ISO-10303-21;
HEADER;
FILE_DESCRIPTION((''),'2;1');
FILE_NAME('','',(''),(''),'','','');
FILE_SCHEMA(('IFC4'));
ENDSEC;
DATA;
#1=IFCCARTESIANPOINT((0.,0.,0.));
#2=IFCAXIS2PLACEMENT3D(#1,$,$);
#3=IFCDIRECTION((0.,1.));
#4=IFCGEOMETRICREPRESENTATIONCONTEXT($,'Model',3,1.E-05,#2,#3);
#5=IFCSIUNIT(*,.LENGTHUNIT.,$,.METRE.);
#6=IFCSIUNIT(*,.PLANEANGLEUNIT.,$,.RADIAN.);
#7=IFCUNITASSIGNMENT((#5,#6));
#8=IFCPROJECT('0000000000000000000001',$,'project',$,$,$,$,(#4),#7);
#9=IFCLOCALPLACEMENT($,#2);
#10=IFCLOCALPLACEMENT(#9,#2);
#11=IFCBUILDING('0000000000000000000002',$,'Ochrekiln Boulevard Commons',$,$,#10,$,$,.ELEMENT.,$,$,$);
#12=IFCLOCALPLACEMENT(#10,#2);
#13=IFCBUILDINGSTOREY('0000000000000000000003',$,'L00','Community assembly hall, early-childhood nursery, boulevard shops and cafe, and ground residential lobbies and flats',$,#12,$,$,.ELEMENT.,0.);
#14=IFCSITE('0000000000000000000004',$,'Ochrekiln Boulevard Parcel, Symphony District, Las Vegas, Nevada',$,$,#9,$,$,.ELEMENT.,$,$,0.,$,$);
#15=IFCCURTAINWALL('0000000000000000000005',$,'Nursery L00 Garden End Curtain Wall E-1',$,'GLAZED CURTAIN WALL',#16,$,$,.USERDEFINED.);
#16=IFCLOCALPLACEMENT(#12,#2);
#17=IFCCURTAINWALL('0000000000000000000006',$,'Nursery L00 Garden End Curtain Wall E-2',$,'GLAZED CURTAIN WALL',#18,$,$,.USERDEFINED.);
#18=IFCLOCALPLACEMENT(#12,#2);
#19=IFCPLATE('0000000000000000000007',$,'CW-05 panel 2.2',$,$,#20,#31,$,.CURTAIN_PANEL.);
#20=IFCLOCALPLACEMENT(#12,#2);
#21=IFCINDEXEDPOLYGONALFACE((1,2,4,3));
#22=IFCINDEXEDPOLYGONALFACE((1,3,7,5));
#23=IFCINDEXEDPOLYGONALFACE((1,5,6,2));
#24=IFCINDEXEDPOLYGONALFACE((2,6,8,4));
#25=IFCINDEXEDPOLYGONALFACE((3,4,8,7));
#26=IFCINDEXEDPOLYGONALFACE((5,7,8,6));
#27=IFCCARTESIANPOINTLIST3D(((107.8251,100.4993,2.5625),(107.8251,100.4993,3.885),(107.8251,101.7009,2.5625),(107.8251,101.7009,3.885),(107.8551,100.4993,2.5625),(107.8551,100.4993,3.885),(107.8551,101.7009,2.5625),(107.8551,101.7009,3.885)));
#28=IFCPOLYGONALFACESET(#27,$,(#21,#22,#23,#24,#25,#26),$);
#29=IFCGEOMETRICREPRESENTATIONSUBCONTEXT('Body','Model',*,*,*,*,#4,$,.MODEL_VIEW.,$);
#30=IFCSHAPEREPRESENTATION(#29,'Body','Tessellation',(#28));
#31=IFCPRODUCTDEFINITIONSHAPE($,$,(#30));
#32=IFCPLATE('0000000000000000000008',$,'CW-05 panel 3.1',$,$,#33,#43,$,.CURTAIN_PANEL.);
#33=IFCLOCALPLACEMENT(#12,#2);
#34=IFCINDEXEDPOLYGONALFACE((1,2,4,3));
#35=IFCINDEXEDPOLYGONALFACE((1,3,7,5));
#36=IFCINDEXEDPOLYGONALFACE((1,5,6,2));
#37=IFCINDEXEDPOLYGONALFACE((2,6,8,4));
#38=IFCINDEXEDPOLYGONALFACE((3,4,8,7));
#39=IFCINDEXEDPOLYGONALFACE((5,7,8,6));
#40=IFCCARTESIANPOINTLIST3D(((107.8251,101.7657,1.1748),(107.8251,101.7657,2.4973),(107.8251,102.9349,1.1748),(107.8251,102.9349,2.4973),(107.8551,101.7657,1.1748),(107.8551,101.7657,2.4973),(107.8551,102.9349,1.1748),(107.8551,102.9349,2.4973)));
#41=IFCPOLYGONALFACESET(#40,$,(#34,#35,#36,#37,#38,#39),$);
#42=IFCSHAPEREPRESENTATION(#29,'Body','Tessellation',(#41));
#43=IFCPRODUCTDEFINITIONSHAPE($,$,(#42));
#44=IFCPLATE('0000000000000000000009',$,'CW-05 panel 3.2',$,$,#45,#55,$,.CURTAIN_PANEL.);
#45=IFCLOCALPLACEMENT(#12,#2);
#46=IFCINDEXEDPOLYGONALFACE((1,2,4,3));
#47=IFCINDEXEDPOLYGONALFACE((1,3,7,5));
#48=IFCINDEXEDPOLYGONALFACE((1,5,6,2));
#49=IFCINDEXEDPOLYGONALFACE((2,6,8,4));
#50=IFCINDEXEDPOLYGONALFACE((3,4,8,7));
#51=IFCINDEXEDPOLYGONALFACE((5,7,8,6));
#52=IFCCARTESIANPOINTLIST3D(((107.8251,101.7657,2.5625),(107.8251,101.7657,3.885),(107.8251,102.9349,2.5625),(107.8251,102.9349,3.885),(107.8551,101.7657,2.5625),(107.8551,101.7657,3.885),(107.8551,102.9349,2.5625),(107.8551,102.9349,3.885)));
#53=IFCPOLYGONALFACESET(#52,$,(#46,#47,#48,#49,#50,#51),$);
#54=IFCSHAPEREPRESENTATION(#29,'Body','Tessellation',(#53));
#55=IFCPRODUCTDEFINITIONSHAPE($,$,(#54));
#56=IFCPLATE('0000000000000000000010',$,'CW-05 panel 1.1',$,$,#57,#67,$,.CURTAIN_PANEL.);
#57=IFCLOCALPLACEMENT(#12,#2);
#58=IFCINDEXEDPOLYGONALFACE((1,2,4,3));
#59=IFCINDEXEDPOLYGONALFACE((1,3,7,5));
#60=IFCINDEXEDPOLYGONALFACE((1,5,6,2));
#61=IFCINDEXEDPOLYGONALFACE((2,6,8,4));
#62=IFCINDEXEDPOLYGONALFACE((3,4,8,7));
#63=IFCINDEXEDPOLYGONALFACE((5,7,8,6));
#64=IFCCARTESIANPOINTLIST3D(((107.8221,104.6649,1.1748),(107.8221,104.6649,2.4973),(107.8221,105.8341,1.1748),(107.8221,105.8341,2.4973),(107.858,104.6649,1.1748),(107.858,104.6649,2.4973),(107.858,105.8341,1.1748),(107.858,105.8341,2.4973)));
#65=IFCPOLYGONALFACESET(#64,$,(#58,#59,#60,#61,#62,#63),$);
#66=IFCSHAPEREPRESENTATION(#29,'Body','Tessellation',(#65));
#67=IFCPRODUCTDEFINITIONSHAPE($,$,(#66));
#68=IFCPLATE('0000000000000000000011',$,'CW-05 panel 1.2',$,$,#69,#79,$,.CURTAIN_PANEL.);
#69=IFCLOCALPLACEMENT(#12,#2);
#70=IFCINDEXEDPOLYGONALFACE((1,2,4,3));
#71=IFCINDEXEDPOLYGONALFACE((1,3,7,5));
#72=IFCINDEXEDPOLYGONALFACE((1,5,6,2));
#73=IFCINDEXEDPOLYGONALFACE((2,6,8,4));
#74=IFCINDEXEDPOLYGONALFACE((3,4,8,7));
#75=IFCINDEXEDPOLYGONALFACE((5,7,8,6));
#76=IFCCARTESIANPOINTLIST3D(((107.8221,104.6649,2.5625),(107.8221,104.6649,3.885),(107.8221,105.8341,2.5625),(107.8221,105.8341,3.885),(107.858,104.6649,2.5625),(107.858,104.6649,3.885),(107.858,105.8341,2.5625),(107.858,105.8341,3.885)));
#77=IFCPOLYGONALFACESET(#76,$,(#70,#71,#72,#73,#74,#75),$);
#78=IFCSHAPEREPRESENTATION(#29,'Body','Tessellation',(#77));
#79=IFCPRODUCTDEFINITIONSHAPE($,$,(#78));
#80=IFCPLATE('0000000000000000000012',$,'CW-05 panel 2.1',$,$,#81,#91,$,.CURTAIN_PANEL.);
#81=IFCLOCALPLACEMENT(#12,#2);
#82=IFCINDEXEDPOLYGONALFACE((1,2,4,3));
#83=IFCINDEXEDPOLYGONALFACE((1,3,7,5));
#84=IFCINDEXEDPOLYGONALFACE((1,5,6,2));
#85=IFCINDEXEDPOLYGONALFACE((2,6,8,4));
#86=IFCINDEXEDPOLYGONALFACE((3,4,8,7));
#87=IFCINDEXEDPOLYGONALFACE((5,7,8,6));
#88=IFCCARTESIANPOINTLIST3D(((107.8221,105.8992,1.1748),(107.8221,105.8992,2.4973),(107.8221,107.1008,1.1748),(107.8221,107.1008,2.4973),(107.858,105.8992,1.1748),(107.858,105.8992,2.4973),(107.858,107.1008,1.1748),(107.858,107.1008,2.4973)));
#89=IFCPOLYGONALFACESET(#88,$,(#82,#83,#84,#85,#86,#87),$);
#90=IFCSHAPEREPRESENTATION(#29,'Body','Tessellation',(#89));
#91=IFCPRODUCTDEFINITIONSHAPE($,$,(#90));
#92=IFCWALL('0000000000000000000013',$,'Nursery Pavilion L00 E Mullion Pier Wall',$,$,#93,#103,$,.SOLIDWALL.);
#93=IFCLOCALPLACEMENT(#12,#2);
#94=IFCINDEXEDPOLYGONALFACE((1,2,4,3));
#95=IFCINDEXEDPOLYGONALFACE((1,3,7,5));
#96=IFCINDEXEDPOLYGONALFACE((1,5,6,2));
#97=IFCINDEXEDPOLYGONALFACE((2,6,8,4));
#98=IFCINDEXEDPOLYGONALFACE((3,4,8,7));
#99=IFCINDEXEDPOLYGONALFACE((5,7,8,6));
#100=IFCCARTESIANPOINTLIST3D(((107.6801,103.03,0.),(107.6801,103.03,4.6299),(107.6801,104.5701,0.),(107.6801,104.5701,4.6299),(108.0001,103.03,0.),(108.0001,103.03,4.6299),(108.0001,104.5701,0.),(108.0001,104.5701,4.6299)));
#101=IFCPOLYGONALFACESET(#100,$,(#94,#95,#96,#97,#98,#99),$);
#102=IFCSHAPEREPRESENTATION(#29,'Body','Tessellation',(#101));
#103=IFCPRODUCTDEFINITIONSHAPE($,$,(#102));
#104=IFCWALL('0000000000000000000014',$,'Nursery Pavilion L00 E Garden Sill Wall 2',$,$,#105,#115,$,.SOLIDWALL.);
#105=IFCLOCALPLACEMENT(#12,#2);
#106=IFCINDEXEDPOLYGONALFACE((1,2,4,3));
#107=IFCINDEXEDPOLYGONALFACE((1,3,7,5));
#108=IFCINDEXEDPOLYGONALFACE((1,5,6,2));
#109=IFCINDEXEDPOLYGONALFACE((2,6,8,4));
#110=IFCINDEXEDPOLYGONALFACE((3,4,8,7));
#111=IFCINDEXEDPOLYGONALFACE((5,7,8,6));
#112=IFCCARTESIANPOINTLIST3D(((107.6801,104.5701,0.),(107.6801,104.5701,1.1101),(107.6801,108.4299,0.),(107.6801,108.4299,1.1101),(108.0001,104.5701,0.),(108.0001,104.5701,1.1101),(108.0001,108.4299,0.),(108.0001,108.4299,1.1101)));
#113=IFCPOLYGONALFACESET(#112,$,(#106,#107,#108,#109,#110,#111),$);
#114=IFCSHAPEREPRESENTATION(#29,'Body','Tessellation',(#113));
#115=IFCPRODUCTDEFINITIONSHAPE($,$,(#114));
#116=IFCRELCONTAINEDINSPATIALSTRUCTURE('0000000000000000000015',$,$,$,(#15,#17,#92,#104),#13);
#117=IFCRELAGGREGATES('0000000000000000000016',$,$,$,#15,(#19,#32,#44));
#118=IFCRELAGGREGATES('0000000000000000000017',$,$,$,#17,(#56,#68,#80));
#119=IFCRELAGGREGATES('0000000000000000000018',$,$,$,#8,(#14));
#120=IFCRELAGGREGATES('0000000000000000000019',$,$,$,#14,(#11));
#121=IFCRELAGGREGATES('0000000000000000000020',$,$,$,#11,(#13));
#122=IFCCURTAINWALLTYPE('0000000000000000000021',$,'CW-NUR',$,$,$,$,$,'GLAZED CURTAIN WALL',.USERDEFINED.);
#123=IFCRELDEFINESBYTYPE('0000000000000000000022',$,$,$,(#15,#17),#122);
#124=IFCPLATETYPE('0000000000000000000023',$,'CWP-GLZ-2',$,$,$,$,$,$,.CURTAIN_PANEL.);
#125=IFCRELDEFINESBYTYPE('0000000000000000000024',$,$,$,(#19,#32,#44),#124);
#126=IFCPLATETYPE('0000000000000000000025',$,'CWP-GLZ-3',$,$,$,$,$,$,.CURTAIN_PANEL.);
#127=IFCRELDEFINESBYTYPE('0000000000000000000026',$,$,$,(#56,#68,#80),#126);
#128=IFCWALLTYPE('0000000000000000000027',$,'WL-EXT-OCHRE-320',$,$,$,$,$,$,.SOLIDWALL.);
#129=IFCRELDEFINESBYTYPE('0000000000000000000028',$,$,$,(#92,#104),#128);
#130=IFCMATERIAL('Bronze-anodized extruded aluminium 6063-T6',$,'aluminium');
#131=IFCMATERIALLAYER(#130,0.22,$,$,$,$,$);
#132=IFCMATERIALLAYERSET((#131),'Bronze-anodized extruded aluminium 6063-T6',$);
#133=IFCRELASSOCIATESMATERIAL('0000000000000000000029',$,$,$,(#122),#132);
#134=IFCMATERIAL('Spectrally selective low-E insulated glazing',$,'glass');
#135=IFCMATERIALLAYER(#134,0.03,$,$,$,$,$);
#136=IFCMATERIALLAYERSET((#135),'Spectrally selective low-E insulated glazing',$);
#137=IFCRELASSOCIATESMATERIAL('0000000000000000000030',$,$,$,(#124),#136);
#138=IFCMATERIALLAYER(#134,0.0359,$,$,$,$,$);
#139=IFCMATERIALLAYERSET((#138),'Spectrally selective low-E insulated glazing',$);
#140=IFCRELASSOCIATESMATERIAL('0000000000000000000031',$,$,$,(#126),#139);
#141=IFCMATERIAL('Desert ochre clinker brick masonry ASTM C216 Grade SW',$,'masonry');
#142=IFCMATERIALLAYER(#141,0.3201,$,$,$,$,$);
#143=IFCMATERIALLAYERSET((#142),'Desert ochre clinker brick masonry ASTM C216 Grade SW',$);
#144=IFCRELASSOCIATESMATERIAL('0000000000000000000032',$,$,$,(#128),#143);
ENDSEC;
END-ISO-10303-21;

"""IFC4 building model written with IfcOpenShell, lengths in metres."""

from ifc_helpers import new_model, si_unit, direction, frame, frame_2d, origin, origin_2d, place, context, subcontext, project, spatial, rectangle, extrude, material, layer, layer_set, type_object, element, aggregate, save


model = new_model("IFC4")

# Units and contexts
model_context = context("Model", 3, precision=1e-05, world=origin(), true_north=direction((0.0, 1.0)))
body_context = subcontext(model_context, "Body", "Model", "MODEL_VIEW")
ifc_project = project(units=[si_unit("LENGTHUNIT", "METRE"), si_unit("PLANEANGLEUNIT", "RADIAN")], contexts=[model_context])

# Site, building, storey
site_placement = place(None, origin())
site = spatial("IfcSite", under=ifc_project, at=site_placement, Name="Ochrekiln Boulevard Parcel, Symphony District, Las Vegas, Nevada", CompositionType="ELEMENT", RefElevation=0.0)
building_placement = place(site_placement, origin())
building = spatial("IfcBuilding", under=site, at=building_placement, Name="Ochrekiln Boulevard Commons", CompositionType="ELEMENT")
storey_placement = place(building_placement, origin())
storey = spatial("IfcBuildingStorey", under=building, at=storey_placement, Name="L00", Description="Community assembly hall, early-childhood nursery, boulevard shops and cafe, and ground residential lobbies and flats", CompositionType="ELEMENT", Elevation=0.0)

# Curtain walls
ifc_material_1 = material(Name="Bronze-anodized extruded aluminium 6063-T6", Category="aluminium")
ifc_layer_1 = layer(ifc_material_1, 0.22)
ifc_layer_set_1 = layer_set([ifc_layer_1], Name="Bronze-anodized extruded aluminium 6063-T6")
curtain_wall_type = type_object("IfcCurtainWallType", Name="CW-NUR", ElementType="GLAZED CURTAIN WALL", PredefinedType="USERDEFINED", material=ifc_layer_set_1)
curtain_wall_1_placement = place(storey_placement, origin())
curtain_wall_1 = element("IfcCurtainWall", 1, at=curtain_wall_1_placement, inside=storey, type_object=curtain_wall_type, Name="Nursery L00 Garden End Curtain Wall E-1", ObjectType="GLAZED CURTAIN WALL", PredefinedType="USERDEFINED")
curtain_wall_2_placement = place(storey_placement, origin())
curtain_wall_2 = element("IfcCurtainWall", 2, at=curtain_wall_2_placement, inside=storey, type_object=curtain_wall_type, Name="Nursery L00 Garden End Curtain Wall E-2", ObjectType="GLAZED CURTAIN WALL", PredefinedType="USERDEFINED")

# Plates
ifc_material_2 = material(Name="Spectrally selective low-E insulated glazing", Category="glass")
ifc_layer_2 = layer(ifc_material_2, 0.03)
ifc_layer_set_2 = layer_set([ifc_layer_2], Name="Spectrally selective low-E insulated glazing")
plate_type_1 = type_object("IfcPlateType", Name="CWP-GLZ-2", PredefinedType="CURTAIN_PANEL", material=ifc_layer_set_2)
plate_1_placement = place(storey_placement, frame((107.8401, 101.1001, 2.5625), z_axis=(0.0, 0.0, 1.0), x_axis=(0.0, 1.0, 0.0)))
plate_1 = element("IfcPlate", 3, at=plate_1_placement, type_object=plate_type_1, Name="CW-05 panel 2.2", PredefinedType="CURTAIN_PANEL", context=body_context, shape_type="SweptSolid", body=[
    extrude(rectangle(XDim=1.2017, YDim=0.03, at=origin_2d()), origin(), (0.0, 0.0, 1.0), 1.3225),
])
plate_2_placement = place(storey_placement, frame((107.8401, 102.3503, 1.1748), z_axis=(0.0, 0.0, 1.0), x_axis=(0.0, 1.0, 0.0)))
plate_2 = element("IfcPlate", 4, at=plate_2_placement, type_object=plate_type_1, Name="CW-05 panel 3.1", PredefinedType="CURTAIN_PANEL", context=body_context, shape_type="SweptSolid", body=[
    extrude(rectangle(XDim=1.1692, YDim=0.03, at=origin_2d()), origin(), (0.0, 0.0, 1.0), 1.3225),
])
plate_3_placement = place(storey_placement, frame((107.8401, 102.3503, 2.5625), z_axis=(0.0, 0.0, 1.0), x_axis=(0.0, 1.0, 0.0)))
plate_3 = element("IfcPlate", 5, at=plate_3_placement, type_object=plate_type_1, Name="CW-05 panel 3.2", PredefinedType="CURTAIN_PANEL", context=body_context, shape_type="SweptSolid", body=[
    extrude(rectangle(XDim=1.1692, YDim=0.03, at=origin_2d()), origin(), (0.0, 0.0, 1.0), 1.3225),
])
aggregate(curtain_wall_1, [plate_1, plate_2, plate_3])
ifc_layer_3 = layer(ifc_material_2, 0.0359)
ifc_layer_set_3 = layer_set([ifc_layer_3], Name="Spectrally selective low-E insulated glazing")
plate_type_2 = type_object("IfcPlateType", Name="CWP-GLZ-3", PredefinedType="CURTAIN_PANEL", material=ifc_layer_set_3)
plate_4_placement = place(storey_placement, frame((107.8401, 105.2495, 1.1748), z_axis=(0.0, 0.0, 1.0), x_axis=(0.0, 1.0, 0.0)))
plate_4 = element("IfcPlate", 6, at=plate_4_placement, type_object=plate_type_2, Name="CW-05 panel 1.1", PredefinedType="CURTAIN_PANEL", context=body_context, shape_type="SweptSolid", body=[
    extrude(rectangle(XDim=1.1692, YDim=0.0359, at=origin_2d()), origin(), (0.0, 0.0, 1.0), 1.3225),
])
plate_5_placement = place(storey_placement, frame((107.8401, 105.2495, 2.5625), z_axis=(0.0, 0.0, 1.0), x_axis=(0.0, 1.0, 0.0)))
plate_5 = element("IfcPlate", 7, at=plate_5_placement, type_object=plate_type_2, Name="CW-05 panel 1.2", PredefinedType="CURTAIN_PANEL", context=body_context, shape_type="SweptSolid", body=[
    extrude(rectangle(XDim=1.1692, YDim=0.0359, at=origin_2d()), origin(), (0.0, 0.0, 1.0), 1.3225),
])
plate_6_placement = place(storey_placement, frame((107.8401, 106.5, 1.1748), z_axis=(0.0, 0.0, 1.0), x_axis=(0.0, 1.0, 0.0)))
plate_6 = element("IfcPlate", 8, at=plate_6_placement, type_object=plate_type_2, Name="CW-05 panel 2.1", PredefinedType="CURTAIN_PANEL", context=body_context, shape_type="SweptSolid", body=[
    extrude(rectangle(XDim=1.2017, YDim=0.0359, at=origin_2d()), origin(), (0.0, 0.0, 1.0), 1.3225),
])
aggregate(curtain_wall_2, [plate_4, plate_5, plate_6])

# Walls
ifc_material_3 = material(Name="Desert ochre clinker brick masonry ASTM C216 Grade SW", Category="masonry")
ifc_layer_4 = layer(ifc_material_3, 0.3201)
ifc_layer_set_4 = layer_set([ifc_layer_4], Name="Desert ochre clinker brick masonry ASTM C216 Grade SW")
wall_type = type_object("IfcWallType", Name="WL-EXT-OCHRE-320", PredefinedType="SOLIDWALL", material=ifc_layer_set_4)
wall_1_placement = place(storey_placement, frame((107.8401, 103.03, 0.0), z_axis=(0.0, 0.0, 1.0), x_axis=(0.0, 1.0, 0.0)))
element("IfcWall", 9, at=wall_1_placement, inside=storey, type_object=wall_type, Name="Nursery Pavilion L00 E Mullion Pier Wall", PredefinedType="SOLIDWALL", context=body_context, shape_type="SweptSolid", body=[
    extrude(rectangle(XDim=1.54, YDim=0.3201, at=frame_2d((0.77, 0.0))), origin(), (0.0, 0.0, 1.0), 4.6299),
])
wall_2_placement = place(storey_placement, frame((107.8401, 104.5701, 0.0), z_axis=(0.0, 0.0, 1.0), x_axis=(0.0, 1.0, 0.0)))
element("IfcWall", 10, at=wall_2_placement, inside=storey, type_object=wall_type, Name="Nursery Pavilion L00 E Garden Sill Wall 2", PredefinedType="SOLIDWALL", context=body_context, shape_type="SweptSolid", body=[
    extrude(rectangle(XDim=3.8599, YDim=0.3201, at=frame_2d((1.9299, 0.0))), origin(), (0.0, 0.0, 1.0), 1.1101),
])

save(model, "model.ifc")
